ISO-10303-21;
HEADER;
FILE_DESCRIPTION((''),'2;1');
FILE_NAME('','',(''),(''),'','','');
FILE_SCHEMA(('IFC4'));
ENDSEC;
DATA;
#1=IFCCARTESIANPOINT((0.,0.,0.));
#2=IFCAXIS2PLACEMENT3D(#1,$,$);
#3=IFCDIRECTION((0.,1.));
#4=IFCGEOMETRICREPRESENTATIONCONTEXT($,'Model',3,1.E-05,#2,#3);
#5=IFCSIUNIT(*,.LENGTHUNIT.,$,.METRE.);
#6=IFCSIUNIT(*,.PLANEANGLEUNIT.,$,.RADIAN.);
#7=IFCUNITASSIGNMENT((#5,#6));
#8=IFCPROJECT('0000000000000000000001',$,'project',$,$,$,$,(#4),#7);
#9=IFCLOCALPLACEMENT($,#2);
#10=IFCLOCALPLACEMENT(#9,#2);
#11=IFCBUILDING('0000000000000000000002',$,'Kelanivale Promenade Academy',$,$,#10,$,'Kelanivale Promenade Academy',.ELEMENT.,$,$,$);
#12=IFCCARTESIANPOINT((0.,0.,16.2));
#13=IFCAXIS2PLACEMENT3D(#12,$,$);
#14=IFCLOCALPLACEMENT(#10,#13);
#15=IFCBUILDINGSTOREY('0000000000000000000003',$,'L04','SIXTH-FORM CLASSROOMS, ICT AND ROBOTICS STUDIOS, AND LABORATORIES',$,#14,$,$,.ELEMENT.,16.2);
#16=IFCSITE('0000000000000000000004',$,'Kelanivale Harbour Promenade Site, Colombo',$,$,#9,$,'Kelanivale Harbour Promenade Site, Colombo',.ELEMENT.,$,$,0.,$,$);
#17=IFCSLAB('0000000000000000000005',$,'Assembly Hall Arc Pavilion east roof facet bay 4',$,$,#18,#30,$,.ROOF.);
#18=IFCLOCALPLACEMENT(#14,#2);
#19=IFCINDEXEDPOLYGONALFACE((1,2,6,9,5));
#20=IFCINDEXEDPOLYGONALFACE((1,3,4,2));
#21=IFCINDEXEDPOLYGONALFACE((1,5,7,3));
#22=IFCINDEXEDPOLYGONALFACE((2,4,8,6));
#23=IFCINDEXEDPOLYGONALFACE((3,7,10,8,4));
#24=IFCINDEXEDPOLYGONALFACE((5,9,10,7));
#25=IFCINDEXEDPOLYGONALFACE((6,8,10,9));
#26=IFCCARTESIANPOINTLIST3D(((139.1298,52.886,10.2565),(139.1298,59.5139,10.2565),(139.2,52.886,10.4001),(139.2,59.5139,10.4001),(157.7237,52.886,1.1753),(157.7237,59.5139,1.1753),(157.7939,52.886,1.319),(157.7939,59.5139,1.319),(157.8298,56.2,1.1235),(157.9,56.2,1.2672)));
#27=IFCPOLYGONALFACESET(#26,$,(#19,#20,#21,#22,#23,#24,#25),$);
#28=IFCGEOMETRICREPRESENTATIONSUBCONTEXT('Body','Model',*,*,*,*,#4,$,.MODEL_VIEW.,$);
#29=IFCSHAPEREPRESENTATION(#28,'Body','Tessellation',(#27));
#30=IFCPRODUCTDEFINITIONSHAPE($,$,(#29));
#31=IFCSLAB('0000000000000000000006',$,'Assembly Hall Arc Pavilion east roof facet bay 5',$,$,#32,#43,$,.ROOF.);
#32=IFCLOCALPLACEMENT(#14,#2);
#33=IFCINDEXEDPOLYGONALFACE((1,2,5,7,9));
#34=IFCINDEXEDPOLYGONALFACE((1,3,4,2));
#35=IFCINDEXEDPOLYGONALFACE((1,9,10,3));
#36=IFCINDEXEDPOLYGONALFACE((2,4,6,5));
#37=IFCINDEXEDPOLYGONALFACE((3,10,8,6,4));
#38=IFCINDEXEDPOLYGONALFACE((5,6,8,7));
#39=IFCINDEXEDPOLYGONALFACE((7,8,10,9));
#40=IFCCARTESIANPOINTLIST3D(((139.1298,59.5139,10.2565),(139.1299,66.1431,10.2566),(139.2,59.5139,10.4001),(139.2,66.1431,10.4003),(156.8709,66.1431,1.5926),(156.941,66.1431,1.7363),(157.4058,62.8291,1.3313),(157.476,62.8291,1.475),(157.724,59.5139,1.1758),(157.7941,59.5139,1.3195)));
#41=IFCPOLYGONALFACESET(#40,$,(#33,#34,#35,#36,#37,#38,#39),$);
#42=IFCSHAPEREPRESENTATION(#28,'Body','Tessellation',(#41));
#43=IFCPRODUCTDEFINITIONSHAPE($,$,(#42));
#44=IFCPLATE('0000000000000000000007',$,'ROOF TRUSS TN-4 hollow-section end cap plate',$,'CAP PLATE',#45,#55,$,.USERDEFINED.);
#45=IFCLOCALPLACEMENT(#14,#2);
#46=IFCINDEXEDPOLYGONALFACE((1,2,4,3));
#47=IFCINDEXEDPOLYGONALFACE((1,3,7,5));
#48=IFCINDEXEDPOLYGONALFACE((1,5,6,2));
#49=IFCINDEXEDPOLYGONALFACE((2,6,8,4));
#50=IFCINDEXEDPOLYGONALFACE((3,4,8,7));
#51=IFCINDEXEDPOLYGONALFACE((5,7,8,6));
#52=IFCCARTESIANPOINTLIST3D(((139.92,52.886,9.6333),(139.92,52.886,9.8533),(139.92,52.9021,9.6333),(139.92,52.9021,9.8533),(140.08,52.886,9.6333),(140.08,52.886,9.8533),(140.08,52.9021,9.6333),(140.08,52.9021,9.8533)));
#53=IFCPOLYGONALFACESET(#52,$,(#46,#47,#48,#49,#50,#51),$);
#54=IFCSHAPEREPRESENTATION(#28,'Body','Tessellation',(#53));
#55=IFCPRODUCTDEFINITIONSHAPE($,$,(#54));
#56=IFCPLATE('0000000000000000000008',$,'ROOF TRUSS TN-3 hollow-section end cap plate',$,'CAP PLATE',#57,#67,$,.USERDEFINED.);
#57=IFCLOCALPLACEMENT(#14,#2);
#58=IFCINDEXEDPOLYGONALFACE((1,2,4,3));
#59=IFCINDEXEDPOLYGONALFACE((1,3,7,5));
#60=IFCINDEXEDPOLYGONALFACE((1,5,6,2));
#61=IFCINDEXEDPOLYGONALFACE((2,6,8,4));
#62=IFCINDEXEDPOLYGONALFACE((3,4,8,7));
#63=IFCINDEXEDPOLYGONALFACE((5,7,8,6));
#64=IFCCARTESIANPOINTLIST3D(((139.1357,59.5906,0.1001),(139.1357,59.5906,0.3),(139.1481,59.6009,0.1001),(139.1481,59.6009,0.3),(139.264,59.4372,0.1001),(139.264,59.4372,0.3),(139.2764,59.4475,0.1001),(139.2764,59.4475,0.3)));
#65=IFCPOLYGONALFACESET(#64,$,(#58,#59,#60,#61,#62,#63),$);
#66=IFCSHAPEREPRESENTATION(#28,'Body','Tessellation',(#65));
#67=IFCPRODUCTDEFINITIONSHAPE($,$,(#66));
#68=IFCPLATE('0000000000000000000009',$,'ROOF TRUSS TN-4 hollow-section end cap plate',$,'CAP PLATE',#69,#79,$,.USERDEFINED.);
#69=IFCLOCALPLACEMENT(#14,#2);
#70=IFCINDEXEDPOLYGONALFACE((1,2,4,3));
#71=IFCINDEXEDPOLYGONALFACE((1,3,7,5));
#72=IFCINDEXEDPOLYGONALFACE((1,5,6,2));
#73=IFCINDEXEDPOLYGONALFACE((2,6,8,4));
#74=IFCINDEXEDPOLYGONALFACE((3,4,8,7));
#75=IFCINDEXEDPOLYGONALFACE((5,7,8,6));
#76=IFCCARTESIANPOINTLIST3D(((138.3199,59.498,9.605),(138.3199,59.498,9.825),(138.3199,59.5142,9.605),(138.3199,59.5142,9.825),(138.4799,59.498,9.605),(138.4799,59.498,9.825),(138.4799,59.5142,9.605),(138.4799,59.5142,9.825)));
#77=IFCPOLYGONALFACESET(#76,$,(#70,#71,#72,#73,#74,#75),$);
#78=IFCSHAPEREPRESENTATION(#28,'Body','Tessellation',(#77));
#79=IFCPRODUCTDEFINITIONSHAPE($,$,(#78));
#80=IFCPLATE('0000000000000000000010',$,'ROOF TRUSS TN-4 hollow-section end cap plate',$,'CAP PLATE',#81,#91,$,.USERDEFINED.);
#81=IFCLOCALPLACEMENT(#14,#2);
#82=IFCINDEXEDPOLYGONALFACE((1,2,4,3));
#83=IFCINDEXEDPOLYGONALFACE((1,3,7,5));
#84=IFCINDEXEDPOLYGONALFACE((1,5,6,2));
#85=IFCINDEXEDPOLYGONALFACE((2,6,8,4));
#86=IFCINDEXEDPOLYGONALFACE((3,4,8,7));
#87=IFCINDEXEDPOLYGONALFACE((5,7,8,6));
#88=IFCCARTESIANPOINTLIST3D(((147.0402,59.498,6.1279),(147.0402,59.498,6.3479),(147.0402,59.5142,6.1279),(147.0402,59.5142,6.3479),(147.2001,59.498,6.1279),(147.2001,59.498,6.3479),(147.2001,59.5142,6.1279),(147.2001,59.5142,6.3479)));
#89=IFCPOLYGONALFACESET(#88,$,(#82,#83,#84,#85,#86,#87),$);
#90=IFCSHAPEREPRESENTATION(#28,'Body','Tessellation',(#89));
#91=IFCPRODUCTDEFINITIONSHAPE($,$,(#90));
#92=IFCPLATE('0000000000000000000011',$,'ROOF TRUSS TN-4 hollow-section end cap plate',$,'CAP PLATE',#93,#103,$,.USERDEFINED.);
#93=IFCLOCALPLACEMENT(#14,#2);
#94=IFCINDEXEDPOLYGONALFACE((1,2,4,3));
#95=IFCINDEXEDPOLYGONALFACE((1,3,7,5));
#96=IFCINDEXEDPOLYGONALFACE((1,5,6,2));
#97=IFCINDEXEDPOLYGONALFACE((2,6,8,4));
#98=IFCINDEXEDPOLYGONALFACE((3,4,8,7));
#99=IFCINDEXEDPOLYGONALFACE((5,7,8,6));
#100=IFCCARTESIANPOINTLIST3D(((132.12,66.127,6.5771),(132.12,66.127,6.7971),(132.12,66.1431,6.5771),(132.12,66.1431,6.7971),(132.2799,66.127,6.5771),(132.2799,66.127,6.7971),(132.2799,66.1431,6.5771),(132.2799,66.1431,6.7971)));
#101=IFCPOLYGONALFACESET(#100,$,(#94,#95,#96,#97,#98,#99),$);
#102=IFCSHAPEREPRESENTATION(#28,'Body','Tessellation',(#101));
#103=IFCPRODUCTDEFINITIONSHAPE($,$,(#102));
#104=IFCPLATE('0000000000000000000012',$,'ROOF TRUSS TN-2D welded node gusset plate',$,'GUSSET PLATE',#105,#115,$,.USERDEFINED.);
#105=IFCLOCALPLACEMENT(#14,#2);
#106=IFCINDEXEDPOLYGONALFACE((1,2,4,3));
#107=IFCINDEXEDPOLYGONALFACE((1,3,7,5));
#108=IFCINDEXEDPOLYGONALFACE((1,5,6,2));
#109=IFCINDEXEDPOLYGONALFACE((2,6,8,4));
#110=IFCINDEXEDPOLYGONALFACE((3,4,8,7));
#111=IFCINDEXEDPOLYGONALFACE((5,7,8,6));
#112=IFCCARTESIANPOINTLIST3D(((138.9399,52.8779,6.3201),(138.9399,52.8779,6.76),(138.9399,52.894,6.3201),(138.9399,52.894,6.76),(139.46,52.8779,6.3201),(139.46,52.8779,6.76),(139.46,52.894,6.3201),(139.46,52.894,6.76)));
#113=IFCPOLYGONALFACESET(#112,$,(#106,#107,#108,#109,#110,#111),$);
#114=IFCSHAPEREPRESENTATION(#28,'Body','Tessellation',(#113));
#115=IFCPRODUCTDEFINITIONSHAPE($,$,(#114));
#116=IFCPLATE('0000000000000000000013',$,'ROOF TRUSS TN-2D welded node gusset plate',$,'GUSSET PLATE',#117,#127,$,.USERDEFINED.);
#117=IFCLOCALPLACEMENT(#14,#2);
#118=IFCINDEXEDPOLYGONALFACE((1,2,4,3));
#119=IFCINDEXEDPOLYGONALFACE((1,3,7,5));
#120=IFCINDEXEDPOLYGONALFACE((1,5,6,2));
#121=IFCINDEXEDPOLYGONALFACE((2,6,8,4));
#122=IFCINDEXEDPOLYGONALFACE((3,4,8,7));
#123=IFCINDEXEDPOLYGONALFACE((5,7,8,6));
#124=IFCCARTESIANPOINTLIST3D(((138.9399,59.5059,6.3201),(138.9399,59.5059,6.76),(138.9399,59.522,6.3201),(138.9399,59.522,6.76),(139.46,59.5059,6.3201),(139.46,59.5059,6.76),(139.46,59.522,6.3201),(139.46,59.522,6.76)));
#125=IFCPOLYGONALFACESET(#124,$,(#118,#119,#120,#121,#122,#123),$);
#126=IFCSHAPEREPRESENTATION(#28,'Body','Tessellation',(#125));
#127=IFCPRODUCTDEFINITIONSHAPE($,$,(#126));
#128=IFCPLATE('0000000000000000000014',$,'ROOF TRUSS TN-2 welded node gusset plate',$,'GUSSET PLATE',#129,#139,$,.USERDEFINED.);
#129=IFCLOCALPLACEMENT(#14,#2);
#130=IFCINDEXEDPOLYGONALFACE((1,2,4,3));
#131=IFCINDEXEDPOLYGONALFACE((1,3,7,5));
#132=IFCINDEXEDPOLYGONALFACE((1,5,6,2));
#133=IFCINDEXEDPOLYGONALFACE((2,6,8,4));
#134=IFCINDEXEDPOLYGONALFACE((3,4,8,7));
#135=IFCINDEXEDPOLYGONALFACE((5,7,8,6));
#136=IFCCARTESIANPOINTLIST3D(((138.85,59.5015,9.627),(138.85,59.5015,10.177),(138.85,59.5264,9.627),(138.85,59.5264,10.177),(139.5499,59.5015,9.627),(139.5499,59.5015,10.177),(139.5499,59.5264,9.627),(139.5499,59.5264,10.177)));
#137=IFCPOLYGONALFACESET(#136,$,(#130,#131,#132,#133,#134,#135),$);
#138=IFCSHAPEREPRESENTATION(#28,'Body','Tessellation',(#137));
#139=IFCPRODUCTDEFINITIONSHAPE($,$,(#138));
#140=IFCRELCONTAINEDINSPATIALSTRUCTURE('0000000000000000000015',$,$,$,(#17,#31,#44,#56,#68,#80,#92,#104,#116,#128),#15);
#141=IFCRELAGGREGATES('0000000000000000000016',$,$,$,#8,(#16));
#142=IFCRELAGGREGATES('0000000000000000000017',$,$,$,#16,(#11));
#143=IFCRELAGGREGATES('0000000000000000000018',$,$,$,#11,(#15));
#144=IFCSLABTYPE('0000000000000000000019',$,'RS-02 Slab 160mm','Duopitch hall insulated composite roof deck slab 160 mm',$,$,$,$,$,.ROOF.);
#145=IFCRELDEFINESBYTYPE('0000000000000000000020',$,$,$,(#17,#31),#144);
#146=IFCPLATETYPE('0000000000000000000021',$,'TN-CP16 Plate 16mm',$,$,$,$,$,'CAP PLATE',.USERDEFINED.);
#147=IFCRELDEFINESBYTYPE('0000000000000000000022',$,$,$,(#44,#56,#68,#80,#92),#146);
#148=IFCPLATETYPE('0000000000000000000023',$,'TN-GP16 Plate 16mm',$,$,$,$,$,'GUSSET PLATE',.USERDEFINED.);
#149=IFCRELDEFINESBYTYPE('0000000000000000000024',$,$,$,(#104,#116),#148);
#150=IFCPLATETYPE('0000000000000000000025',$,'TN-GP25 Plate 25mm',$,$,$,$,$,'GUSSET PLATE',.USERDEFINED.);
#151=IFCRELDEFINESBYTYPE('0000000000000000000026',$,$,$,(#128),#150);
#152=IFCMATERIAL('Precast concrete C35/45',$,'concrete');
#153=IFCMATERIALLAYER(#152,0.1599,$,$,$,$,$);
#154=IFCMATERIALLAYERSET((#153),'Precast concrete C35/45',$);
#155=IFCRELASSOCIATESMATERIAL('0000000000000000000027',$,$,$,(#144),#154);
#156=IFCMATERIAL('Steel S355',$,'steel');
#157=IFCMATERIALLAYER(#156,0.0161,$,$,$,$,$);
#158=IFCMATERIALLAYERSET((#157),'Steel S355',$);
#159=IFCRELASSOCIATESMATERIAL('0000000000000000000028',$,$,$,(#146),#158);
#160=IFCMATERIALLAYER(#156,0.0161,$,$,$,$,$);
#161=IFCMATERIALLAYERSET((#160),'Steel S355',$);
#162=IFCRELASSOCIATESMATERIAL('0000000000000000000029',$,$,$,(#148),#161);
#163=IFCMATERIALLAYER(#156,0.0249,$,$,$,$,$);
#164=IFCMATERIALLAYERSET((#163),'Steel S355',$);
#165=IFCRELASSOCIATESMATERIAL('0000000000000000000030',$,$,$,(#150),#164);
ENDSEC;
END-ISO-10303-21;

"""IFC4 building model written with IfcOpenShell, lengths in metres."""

from ifc_helpers import new_model, si_unit, direction, frame, origin, origin_2d, place, context, subcontext, project, spatial, polyline, rectangle, outline, extrude, material, layer, layer_set, type_object, element, save


model = new_model("IFC4")

# Units and contexts
model_context = context("Model", 3, precision=1e-05, world=origin(), true_north=direction((0.0, 1.0)))
body_context = subcontext(model_context, "Body", "Model", "MODEL_VIEW")
ifc_project = project(units=[si_unit("LENGTHUNIT", "METRE"), si_unit("PLANEANGLEUNIT", "RADIAN")], contexts=[model_context])

# Site, building, storey
site_placement = place(None, origin())
site = spatial("IfcSite", under=ifc_project, at=site_placement, Name="Kelanivale Harbour Promenade Site, Colombo", LongName="Kelanivale Harbour Promenade Site, Colombo", CompositionType="ELEMENT", RefElevation=0.0)
building_placement = place(site_placement, origin())
building = spatial("IfcBuilding", under=site, at=building_placement, Name="Kelanivale Promenade Academy", LongName="Kelanivale Promenade Academy", CompositionType="ELEMENT")
storey_placement = place(building_placement, frame((0.0, 0.0, 16.2)))
storey = spatial("IfcBuildingStorey", under=building, at=storey_placement, Name="L04", Description="SIXTH-FORM CLASSROOMS, ICT AND ROBOTICS STUDIOS, AND LABORATORIES", CompositionType="ELEMENT", Elevation=16.2)

# Shared definitions
ifc_material_1 = material(Name="Steel S355", Category="steel")

# Slabs
ifc_material_2 = material(Name="Precast concrete C35/45", Category="concrete")
ifc_layer_1 = layer(ifc_material_2, 0.1599)
ifc_layer_set_1 = layer_set([ifc_layer_1], Name="Precast concrete C35/45")
slab_type = type_object("IfcSlabType", Name="RS-02 Slab 160mm", Description="Duopitch hall insulated composite roof deck slab 160 mm", PredefinedType="ROOF", material=ifc_layer_set_1)
slab_1_placement = place(storey_placement, frame((139.2, 52.886, 10.4001), z_axis=(0.438851, 0.0, 0.89856), x_axis=(0.89856, 0.0, -0.438851)))
element("IfcSlab", 1, at=slab_1_placement, inside=storey, type_object=slab_type, Name="Assembly Hall Arc Pavilion east roof facet bay 4", PredefinedType="ROOF", context=body_context, shape_type="SweptSolid", body=[
    extrude(outline(polyline([(0.0, 0.0), (20.693, 0.0), (20.8111, 3.314), (20.693, 6.6279), (0.0, 6.6279), (0.0, 0.0)])), origin(), (0.0, 0.0, -1.0), 0.1599),
])
slab_2_placement = place(storey_placement, frame((139.2, 59.5139, 10.4001), z_axis=(0.438827, -0.000029, 0.898572), x_axis=(0.898572, 0.0, -0.438827)))
element("IfcSlab", 2, at=slab_2_placement, inside=storey, type_object=slab_type, Name="Assembly Hall Arc Pavilion east roof facet bay 5", PredefinedType="ROOF", context=body_context, shape_type="SweptSolid", body=[
    extrude(outline(polyline([(0.0, 0.0), (20.693, 0.0), (20.339, 3.3152), (19.7436, 6.6292), (0.0, 6.6292), (0.0, 0.0)])), origin(), (0.0, 0.0, -1.0), 0.1599),
])

# Plates
ifc_layer_2 = layer(ifc_material_1, 0.0161)
ifc_layer_set_2 = layer_set([ifc_layer_2], Name="Steel S355")
plate_type_1 = type_object("IfcPlateType", Name="TN-CP16 Plate 16mm", ElementType="CAP PLATE", PredefinedType="USERDEFINED", material=ifc_layer_set_2)
plate_1_placement = place(storey_placement, frame((140.0, 52.894, 9.6333), z_axis=(0.0, 0.0, 1.0), x_axis=(0.0, 1.0, 0.0)))
element("IfcPlate", 3, at=plate_1_placement, inside=storey, type_object=plate_type_1, Name="ROOF TRUSS TN-4 hollow-section end cap plate", ObjectType="CAP PLATE", PredefinedType="USERDEFINED", context=body_context, shape_type="SweptSolid", body=[
    extrude(rectangle(XDim=0.0161, YDim=0.1599, at=origin_2d()), origin(), (0.0, 0.0, 1.0), 0.22),
])
plate_2_placement = place(storey_placement, frame((139.2061, 59.519, 0.1001), z_axis=(0.0, 0.0, 1.0), x_axis=(0.767053, 0.641584, 0.0)))
element("IfcPlate", 4, at=plate_2_placement, inside=storey, type_object=plate_type_1, Name="ROOF TRUSS TN-3 hollow-section end cap plate", ObjectType="CAP PLATE", PredefinedType="USERDEFINED", context=body_context, shape_type="SweptSolid", body=[
    extrude(rectangle(XDim=0.0161, YDim=0.2, at=origin_2d()), origin(), (0.0, 0.0, 1.0), 0.2),
])
for number, where, z_axis, x_axis, name in (
    (5, (138.3999, 59.5061, 9.605), (0.0, 0.0, 1.0), (0.0, -1.0, 0.0), "ROOF TRUSS TN-4 hollow-section end cap plate"),
    (6, (147.1201, 59.5061, 6.1279), (0.0, 0.0, 1.0), (0.0, -1.0, 0.0), "ROOF TRUSS TN-4 hollow-section end cap plate"),
    (7, (132.2, 66.135, 6.5771), (0.0, 0.0, 1.0), (0.0, -1.0, 0.0), "ROOF TRUSS TN-4 hollow-section end cap plate"),
):
    element("IfcPlate", number, at=place(storey_placement, frame(where, z_axis=z_axis, x_axis=x_axis)), inside=storey, type_object=plate_type_1, Name=name, ObjectType="CAP PLATE", PredefinedType="USERDEFINED", context=body_context, shape_type="SweptSolid", body=[
        extrude(rectangle(XDim=0.0161, YDim=0.1599, at=origin_2d()), origin(), (0.0, 0.0, 1.0), 0.22),
    ])
ifc_layer_3 = layer(ifc_material_1, 0.0161)
ifc_layer_set_3 = layer_set([ifc_layer_3], Name="Steel S355")
plate_type_2 = type_object("IfcPlateType", Name="TN-GP16 Plate 16mm", ElementType="GUSSET PLATE", PredefinedType="USERDEFINED", material=ifc_layer_set_3)
for number, where, z_axis, x_axis, name in (
    (8, (139.2, 52.886, 6.3201), (0.0, 0.0, 1.0), (1.0, 0.0, 0.0), "ROOF TRUSS TN-2D welded node gusset plate"),
    (9, (139.2, 59.5139, 6.3201), (0.0, 0.0, 1.0), (1.0, 0.0, 0.0), "ROOF TRUSS TN-2D welded node gusset plate"),
):
    element("IfcPlate", number, at=place(storey_placement, frame(where, z_axis=z_axis, x_axis=x_axis)), inside=storey, type_object=plate_type_2, Name=name, ObjectType="GUSSET PLATE", PredefinedType="USERDEFINED", context=body_context, shape_type="SweptSolid", body=[
        extrude(rectangle(XDim=0.52, YDim=0.0161, at=origin_2d()), origin(), (0.0, 0.0, 1.0), 0.4399),
    ])
ifc_layer_4 = layer(ifc_material_1, 0.0249)
ifc_layer_set_4 = layer_set([ifc_layer_4], Name="Steel S355")
plate_type_3 = type_object("IfcPlateType", Name="TN-GP25 Plate 25mm", ElementType="GUSSET PLATE", PredefinedType="USERDEFINED", material=ifc_layer_set_4)
plate_3_placement = place(storey_placement, frame((139.2, 59.5139, 9.627), z_axis=(0.0, 0.0, 1.0), x_axis=(1.0, 0.0, 0.0)))
element("IfcPlate", 10, at=plate_3_placement, inside=storey, type_object=plate_type_3, Name="ROOF TRUSS TN-2 welded node gusset plate", ObjectType="GUSSET PLATE", PredefinedType="USERDEFINED", context=body_context, shape_type="SweptSolid", body=[
    extrude(rectangle(XDim=0.7, YDim=0.0249, at=origin_2d()), origin(), (0.0, 0.0, 1.0), 0.55),
])

save(model, "model.ifc")
